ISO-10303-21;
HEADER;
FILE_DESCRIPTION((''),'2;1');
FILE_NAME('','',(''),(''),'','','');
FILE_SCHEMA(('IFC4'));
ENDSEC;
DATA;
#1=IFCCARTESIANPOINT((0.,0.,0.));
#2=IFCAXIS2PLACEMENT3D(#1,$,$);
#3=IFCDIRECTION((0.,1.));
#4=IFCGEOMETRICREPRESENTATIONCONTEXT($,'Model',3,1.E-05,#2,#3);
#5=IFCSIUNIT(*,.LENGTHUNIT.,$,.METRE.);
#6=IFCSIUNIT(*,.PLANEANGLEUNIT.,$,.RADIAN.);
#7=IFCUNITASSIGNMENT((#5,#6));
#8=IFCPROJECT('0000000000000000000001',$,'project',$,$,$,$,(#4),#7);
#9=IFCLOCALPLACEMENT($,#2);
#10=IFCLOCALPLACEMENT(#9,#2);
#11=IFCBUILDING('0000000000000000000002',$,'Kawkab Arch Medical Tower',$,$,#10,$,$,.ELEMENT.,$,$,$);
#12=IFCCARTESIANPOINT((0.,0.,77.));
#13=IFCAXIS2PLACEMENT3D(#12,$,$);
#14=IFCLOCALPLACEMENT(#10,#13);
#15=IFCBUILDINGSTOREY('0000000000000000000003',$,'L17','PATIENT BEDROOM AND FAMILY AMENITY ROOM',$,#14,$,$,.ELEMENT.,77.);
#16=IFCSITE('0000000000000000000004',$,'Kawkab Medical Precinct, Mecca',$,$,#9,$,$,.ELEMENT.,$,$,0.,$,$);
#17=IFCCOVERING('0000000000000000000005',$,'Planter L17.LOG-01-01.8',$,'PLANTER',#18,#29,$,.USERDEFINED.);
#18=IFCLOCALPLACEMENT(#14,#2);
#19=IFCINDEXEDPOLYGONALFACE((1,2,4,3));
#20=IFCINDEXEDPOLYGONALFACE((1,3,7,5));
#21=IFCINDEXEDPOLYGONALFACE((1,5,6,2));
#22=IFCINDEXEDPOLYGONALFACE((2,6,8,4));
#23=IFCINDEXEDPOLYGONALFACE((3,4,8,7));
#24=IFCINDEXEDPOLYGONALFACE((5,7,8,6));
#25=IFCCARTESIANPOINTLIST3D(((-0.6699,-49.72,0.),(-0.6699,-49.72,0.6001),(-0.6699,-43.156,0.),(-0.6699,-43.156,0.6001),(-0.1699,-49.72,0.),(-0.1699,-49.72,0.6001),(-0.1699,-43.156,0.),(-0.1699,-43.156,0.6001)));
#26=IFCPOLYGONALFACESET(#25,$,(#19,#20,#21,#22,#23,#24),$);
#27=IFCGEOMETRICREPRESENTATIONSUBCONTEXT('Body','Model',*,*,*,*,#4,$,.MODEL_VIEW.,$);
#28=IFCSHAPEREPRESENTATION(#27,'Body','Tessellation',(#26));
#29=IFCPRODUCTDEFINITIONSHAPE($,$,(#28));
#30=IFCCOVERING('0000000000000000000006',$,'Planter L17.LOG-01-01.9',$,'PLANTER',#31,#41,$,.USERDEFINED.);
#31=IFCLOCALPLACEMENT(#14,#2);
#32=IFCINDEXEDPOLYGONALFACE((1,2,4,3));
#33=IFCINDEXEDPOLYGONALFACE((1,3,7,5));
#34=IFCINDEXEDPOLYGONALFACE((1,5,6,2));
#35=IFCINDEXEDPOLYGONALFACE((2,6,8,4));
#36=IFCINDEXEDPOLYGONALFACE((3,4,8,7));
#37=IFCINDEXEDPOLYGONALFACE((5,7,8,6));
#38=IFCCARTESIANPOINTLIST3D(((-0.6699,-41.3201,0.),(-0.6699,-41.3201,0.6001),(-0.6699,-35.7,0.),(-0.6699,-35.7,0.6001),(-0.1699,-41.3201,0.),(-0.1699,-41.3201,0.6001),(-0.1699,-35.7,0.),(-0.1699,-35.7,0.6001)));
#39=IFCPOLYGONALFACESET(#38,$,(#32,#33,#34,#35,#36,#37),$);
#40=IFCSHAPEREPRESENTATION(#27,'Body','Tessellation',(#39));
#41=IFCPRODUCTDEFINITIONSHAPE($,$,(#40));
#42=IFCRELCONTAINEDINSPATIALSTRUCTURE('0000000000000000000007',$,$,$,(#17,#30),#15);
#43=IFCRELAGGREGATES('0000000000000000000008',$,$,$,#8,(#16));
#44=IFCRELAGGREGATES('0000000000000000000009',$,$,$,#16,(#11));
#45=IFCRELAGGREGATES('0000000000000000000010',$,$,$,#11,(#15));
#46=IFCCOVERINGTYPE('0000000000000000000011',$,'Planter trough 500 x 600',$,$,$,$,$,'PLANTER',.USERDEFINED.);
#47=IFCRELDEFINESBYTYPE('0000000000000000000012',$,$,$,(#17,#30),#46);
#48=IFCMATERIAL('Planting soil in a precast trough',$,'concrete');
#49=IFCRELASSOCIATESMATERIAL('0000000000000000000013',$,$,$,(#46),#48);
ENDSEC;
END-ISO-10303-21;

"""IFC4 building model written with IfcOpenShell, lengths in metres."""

from ifc_helpers import new_model, si_unit, direction, frame, origin, origin_2d, place, context, subcontext, project, spatial, rectangle, extrude, material, material_profile, profile_set, type_object, element, save


model = new_model("IFC4")

# Units and contexts
model_context = context("Model", 3, precision=1e-05, world=origin(), true_north=direction((0.0, 1.0)))
body_context = subcontext(model_context, "Body", "Model", "MODEL_VIEW")
ifc_project = project(units=[si_unit("LENGTHUNIT", "METRE"), si_unit("PLANEANGLEUNIT", "RADIAN")], contexts=[model_context])

# Site, building, storey
site_placement = place(None, origin())
site = spatial("IfcSite", under=ifc_project, at=site_placement, Name="Kawkab Medical Precinct, Mecca", CompositionType="ELEMENT", RefElevation=0.0)
building_placement = place(site_placement, origin())
building = spatial("IfcBuilding", under=site, at=building_placement, Name="Kawkab Arch Medical Tower", CompositionType="ELEMENT")
storey_placement = place(building_placement, frame((0.0, 0.0, 77.0)))
storey = spatial("IfcBuildingStorey", under=building, at=storey_placement, Name="L17", Description="PATIENT BEDROOM AND FAMILY AMENITY ROOM", CompositionType="ELEMENT", Elevation=77.0)

# Coverings
ifc_material_1 = material(Name="Planting soil in a precast trough", Category="concrete")
ifc_material_profile_1 = material_profile(ifc_material_1, rectangle(XDim=0.5, YDim=0.6001, at=origin_2d()), Name="Trough 500x600")
ifc_profile_set_1 = profile_set([ifc_material_profile_1], Name="Planting soil in a precast trough")
covering_type_1 = type_object("IfcCoveringType", Name="Planter trough 500 x 600", ElementType="PLANTER", PredefinedType="USERDEFINED", material=ifc_profile_set_1)
covering_1_placement = place(storey_placement, frame((-0.4199, -49.72, 0.3), z_axis=(0.0, 1.0, 0.0), x_axis=(-1.0, 0.0, 0.0)))
element("IfcCovering", 1, at=covering_1_placement, inside=storey, type_object=covering_type_1, Name="Planter L17.LOG-01-01.8", ObjectType="PLANTER", PredefinedType="USERDEFINED", context=body_context, shape_type="SweptSolid", body=[
    extrude(rectangle(XDim=0.5, YDim=0.6001, at=origin_2d()), origin(), (0.0, 0.0, 1.0), 6.564),
])
covering_2_placement = place(storey_placement, frame((-0.4199, -41.3201, 0.3), z_axis=(0.0, 1.0, 0.0), x_axis=(-1.0, 0.0, 0.0)))
element("IfcCovering", 2, at=covering_2_placement, inside=storey, type_object=covering_type_1, Name="Planter L17.LOG-01-01.9", ObjectType="PLANTER", PredefinedType="USERDEFINED", context=body_context, shape_type="SweptSolid", body=[
    extrude(rectangle(XDim=0.5, YDim=0.6001, at=origin_2d()), origin(), (0.0, 0.0, 1.0), 5.6201),
])

save(model, "model.ifc")
